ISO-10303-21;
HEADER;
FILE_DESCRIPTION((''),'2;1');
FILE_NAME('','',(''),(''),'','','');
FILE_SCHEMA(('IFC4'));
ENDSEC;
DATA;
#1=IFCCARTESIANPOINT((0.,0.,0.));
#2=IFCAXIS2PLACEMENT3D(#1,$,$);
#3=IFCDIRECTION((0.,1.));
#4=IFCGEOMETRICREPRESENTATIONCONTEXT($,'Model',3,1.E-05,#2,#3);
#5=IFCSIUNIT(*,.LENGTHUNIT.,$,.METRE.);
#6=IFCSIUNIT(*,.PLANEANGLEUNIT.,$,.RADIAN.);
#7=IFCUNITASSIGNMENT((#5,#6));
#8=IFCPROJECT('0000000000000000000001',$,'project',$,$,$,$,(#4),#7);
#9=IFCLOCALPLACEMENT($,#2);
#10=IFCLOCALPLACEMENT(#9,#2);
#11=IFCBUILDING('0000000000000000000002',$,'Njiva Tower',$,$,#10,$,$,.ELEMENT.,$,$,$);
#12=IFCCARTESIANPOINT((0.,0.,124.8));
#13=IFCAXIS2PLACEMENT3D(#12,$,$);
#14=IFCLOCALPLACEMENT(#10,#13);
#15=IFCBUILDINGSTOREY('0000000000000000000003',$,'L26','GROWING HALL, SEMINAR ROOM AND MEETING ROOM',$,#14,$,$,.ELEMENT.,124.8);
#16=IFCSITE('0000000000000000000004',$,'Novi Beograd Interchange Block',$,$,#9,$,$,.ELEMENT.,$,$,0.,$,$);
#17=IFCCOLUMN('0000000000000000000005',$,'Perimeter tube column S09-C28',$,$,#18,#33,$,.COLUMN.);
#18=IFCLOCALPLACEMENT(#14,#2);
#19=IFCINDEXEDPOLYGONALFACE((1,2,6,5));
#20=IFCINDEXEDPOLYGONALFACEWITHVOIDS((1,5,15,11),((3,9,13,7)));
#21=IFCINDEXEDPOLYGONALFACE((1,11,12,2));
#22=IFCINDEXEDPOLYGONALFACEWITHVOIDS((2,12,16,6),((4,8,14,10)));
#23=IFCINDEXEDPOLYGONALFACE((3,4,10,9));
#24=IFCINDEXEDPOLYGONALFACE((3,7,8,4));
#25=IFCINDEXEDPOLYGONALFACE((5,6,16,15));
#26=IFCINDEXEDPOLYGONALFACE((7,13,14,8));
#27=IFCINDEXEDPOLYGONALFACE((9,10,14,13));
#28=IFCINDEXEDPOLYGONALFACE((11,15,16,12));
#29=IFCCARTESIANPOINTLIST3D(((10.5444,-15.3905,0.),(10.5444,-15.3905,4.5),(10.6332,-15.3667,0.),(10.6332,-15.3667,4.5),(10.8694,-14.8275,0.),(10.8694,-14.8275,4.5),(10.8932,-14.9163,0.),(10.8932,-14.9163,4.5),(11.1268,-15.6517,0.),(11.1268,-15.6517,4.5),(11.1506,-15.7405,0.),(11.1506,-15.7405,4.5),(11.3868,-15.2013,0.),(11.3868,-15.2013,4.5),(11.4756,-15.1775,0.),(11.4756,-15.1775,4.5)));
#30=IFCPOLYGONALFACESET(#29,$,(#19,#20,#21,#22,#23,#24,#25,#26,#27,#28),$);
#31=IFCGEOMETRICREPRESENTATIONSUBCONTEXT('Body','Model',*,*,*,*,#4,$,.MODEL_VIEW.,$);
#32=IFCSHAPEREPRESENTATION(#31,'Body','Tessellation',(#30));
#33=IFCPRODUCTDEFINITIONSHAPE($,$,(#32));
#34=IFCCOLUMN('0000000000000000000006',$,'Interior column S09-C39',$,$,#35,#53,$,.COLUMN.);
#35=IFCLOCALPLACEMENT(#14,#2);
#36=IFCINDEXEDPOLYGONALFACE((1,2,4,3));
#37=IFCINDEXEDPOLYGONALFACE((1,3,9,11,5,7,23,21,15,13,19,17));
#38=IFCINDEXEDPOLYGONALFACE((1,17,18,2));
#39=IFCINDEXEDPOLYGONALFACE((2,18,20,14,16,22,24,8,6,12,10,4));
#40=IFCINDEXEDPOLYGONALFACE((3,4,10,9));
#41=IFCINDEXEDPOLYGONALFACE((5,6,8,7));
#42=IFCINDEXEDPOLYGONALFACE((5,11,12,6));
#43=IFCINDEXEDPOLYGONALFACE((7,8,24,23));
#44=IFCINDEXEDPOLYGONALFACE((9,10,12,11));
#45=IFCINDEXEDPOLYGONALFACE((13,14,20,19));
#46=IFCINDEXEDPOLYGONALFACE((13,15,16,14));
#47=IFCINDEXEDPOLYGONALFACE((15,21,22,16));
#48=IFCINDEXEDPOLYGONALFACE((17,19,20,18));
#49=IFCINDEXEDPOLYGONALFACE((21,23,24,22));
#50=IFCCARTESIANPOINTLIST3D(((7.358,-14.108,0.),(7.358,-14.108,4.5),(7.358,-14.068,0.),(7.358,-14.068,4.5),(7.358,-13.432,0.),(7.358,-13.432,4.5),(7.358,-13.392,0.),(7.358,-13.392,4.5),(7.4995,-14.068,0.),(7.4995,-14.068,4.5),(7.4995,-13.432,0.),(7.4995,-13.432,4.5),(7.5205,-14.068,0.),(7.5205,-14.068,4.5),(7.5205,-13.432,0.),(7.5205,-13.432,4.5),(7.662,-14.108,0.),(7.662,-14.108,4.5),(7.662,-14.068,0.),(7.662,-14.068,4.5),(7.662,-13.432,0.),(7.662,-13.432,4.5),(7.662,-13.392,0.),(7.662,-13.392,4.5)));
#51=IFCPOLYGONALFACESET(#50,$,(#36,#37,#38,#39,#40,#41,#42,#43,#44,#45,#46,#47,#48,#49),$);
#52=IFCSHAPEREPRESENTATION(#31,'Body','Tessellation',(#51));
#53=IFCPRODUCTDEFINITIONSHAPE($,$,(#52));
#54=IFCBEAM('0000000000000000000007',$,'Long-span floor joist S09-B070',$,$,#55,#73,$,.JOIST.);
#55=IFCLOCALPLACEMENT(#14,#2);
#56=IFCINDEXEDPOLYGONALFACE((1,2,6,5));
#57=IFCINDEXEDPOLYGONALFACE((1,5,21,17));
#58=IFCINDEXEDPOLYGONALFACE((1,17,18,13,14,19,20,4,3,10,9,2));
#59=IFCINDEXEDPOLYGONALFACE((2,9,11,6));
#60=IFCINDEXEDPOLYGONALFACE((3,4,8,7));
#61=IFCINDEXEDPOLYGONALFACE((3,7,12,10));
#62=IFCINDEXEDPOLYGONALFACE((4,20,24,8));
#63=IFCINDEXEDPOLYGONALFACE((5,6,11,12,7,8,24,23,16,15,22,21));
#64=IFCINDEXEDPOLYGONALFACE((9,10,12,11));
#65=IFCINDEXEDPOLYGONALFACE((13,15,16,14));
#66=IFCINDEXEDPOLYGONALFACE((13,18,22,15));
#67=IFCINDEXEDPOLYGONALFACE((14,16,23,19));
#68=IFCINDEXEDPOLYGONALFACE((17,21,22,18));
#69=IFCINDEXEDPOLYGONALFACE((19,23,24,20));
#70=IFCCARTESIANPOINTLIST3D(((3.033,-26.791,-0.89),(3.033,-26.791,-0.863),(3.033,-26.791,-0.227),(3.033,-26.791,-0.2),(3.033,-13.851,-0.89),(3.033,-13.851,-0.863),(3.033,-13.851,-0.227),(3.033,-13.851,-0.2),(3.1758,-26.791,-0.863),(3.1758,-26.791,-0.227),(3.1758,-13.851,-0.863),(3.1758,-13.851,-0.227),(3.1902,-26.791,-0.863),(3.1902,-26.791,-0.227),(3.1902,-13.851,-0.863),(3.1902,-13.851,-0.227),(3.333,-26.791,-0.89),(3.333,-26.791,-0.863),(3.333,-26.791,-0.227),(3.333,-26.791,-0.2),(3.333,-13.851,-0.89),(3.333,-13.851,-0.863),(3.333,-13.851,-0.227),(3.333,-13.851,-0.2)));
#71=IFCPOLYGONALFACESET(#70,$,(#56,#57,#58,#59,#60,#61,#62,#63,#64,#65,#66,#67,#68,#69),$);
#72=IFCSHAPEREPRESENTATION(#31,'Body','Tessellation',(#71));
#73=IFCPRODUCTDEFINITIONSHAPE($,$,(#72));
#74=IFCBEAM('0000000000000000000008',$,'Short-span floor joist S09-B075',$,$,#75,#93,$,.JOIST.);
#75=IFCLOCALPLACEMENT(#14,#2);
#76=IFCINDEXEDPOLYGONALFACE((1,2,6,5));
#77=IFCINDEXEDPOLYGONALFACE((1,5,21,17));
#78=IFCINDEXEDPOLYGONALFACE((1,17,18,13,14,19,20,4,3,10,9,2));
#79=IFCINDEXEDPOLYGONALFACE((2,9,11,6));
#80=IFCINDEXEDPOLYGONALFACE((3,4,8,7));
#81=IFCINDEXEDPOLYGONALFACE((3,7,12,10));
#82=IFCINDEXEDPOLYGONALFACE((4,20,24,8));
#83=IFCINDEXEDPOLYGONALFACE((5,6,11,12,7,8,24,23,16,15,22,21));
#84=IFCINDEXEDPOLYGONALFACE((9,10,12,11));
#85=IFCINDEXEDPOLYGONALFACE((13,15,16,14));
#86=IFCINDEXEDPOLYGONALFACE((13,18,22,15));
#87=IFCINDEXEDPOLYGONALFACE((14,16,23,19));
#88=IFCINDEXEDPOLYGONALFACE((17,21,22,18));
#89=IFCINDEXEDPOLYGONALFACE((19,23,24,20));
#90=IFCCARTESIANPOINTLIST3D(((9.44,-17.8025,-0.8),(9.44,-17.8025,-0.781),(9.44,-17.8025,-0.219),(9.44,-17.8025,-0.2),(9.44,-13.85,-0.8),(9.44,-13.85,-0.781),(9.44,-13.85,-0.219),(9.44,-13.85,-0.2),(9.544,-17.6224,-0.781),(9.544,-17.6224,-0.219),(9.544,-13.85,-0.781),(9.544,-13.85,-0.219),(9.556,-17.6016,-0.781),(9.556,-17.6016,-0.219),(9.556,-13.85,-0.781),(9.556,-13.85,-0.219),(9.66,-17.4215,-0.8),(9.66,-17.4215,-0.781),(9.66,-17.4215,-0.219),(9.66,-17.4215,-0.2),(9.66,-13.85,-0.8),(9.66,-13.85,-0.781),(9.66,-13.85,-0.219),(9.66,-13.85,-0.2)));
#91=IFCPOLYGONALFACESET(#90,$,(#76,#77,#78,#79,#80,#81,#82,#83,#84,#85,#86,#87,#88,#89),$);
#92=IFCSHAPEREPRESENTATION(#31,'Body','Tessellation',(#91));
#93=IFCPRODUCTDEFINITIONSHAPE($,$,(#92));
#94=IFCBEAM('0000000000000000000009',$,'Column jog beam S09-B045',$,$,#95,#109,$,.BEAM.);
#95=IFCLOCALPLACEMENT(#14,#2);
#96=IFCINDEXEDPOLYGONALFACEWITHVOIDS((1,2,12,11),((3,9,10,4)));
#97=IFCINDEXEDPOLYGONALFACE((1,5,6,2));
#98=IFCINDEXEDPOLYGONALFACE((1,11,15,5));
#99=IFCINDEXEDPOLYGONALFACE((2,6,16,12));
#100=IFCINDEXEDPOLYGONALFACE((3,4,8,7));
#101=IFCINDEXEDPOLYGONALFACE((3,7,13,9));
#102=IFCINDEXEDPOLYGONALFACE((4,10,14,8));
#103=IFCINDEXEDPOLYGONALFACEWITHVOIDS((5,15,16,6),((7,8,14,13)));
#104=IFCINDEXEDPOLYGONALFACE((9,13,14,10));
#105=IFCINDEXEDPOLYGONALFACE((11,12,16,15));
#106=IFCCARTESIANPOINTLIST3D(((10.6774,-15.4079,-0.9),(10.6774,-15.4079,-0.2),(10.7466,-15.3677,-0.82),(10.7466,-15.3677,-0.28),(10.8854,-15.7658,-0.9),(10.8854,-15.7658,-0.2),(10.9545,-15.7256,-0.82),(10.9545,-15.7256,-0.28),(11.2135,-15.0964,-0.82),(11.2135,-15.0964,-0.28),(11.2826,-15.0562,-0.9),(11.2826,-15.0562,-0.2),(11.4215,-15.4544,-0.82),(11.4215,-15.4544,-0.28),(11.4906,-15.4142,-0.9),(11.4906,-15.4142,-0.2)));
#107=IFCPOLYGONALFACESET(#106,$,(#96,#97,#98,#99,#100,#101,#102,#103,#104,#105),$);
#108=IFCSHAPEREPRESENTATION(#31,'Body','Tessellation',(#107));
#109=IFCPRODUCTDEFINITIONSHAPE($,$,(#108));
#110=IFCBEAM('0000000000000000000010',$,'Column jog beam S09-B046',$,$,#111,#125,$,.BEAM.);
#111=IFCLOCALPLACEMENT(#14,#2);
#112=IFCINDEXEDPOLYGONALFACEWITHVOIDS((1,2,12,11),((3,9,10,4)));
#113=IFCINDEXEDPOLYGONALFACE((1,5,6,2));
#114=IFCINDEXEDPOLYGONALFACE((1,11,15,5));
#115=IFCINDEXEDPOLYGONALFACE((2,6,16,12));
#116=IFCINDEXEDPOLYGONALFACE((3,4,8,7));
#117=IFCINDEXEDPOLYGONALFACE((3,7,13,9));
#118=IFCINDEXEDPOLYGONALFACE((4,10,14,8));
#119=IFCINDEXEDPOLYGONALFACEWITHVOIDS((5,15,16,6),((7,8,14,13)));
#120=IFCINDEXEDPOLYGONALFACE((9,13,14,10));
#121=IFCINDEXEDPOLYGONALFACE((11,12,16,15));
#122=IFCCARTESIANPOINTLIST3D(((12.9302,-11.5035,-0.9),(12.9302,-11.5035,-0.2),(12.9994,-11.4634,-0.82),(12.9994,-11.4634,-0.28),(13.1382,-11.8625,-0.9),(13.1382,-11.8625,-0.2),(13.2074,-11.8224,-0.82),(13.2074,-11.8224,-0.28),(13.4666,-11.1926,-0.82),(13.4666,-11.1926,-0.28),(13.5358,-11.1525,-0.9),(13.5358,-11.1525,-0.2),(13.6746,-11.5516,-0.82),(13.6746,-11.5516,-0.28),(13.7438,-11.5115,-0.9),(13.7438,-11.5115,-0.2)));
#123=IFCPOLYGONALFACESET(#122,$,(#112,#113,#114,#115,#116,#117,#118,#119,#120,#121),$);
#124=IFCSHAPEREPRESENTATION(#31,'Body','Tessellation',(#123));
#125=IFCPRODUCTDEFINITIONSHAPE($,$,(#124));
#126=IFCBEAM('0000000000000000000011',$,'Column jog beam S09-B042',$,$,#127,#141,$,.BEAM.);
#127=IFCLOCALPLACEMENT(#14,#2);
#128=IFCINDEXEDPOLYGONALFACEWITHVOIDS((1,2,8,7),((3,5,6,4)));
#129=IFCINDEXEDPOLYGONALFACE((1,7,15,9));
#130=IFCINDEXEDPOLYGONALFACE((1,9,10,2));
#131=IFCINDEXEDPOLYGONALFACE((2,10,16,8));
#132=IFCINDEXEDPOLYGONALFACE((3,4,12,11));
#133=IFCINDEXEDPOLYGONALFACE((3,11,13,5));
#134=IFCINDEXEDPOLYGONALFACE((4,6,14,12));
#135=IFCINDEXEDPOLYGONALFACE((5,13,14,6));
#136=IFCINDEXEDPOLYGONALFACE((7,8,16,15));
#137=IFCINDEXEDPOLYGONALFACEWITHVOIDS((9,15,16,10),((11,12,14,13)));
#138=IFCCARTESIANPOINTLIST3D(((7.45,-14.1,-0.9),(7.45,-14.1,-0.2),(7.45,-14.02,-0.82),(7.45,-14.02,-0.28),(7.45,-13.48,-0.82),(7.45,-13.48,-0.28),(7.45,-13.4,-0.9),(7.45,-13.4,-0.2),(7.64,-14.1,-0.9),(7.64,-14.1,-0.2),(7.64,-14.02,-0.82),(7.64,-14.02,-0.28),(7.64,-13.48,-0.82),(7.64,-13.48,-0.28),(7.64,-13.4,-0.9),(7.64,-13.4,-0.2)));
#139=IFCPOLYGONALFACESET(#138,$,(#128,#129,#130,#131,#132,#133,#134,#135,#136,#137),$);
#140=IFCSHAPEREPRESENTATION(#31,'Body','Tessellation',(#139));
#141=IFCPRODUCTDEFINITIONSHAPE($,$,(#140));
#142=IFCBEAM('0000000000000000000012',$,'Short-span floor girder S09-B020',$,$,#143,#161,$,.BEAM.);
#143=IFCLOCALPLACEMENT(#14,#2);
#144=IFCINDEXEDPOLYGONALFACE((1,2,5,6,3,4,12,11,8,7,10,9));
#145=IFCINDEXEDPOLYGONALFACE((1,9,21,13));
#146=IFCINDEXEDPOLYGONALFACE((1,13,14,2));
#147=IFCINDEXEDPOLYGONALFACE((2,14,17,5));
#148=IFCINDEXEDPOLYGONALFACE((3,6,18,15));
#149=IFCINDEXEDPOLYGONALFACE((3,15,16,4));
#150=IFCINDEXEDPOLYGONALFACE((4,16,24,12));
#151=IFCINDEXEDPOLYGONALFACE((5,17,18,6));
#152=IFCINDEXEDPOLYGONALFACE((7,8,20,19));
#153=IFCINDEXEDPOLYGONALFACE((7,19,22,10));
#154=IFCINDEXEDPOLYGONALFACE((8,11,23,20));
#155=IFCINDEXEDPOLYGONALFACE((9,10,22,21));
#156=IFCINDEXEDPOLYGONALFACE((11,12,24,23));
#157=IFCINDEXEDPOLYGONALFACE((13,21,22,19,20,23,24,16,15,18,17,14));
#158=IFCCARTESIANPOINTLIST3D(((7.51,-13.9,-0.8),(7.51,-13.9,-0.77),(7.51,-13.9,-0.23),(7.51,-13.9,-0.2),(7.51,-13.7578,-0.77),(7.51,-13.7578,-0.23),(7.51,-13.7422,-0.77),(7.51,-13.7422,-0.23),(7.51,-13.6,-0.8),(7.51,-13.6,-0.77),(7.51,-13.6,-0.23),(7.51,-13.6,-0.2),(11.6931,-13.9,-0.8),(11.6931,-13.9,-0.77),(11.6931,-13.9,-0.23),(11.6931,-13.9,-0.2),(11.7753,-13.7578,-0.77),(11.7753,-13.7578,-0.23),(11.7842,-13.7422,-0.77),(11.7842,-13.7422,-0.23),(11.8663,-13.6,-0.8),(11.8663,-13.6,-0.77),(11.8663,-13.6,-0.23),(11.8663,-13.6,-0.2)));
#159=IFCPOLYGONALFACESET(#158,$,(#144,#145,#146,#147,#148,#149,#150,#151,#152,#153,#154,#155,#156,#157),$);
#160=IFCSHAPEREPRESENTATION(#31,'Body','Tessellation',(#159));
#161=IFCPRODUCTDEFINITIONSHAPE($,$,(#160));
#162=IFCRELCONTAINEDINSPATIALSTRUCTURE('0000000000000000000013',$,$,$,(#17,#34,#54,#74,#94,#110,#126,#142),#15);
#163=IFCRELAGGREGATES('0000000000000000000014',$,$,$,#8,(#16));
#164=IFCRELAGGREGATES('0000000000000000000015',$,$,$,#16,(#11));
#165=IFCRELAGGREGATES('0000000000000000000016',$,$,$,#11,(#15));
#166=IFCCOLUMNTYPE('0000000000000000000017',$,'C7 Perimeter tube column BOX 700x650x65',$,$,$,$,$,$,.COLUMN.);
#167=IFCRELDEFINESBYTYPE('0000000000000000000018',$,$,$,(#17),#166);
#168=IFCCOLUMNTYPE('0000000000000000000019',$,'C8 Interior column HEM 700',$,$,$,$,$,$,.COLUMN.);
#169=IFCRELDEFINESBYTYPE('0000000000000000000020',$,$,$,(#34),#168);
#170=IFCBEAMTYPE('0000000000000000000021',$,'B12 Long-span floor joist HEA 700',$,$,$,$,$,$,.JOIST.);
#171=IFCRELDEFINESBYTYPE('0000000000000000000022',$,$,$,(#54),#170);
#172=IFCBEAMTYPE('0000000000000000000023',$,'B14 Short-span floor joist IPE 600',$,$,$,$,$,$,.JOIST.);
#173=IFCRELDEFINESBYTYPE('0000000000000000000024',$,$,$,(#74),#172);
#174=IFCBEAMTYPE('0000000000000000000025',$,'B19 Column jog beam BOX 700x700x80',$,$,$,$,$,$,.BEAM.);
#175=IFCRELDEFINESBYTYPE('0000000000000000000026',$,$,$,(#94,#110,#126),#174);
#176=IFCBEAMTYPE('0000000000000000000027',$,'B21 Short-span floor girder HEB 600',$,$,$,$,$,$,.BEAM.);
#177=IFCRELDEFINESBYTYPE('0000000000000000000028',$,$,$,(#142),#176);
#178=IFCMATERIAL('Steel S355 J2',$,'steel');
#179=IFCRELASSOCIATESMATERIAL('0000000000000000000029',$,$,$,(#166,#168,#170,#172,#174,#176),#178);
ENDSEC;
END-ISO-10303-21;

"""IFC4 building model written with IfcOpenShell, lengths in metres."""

from ifc_helpers import new_model, si_unit, direction, frame, origin, origin_2d, place, context, subcontext, project, spatial, hollow_rectangle, i_section, extrude, clip, halfspace, material, material_profile, profile_set, type_object, element, save


model = new_model("IFC4")

# Units and contexts
model_context = context("Model", 3, precision=1e-05, world=origin(), true_north=direction((0.0, 1.0)))
body_context = subcontext(model_context, "Body", "Model", "MODEL_VIEW")
ifc_project = project(units=[si_unit("LENGTHUNIT", "METRE"), si_unit("PLANEANGLEUNIT", "RADIAN")], contexts=[model_context])

# Site, building, storey
site_placement = place(None, origin())
site = spatial("IfcSite", under=ifc_project, at=site_placement, Name="Novi Beograd Interchange Block", CompositionType="ELEMENT", RefElevation=0.0)
building_placement = place(site_placement, origin())
building = spatial("IfcBuilding", under=site, at=building_placement, Name="Njiva Tower", CompositionType="ELEMENT")
storey_placement = place(building_placement, frame((0.0, 0.0, 124.8)))
storey = spatial("IfcBuildingStorey", under=building, at=storey_placement, Name="L26", Description="GROWING HALL, SEMINAR ROOM AND MEETING ROOM", CompositionType="ELEMENT", Elevation=124.8)

# Columns
ifc_material_1 = material(Name="Steel S355 J2", Category="steel")
ifc_material_profile_1 = material_profile(ifc_material_1, hollow_rectangle(XDim=0.65, YDim=0.7, WallThickness=0.065, at=origin_2d()), Name="BOX 700x650x65")
ifc_profile_set_1 = profile_set([ifc_material_profile_1], Name="Steel S355 J2")
column_type_1 = type_object("IfcColumnType", Name="C7 Perimeter tube column BOX 700x650x65", PredefinedType="COLUMN", material=ifc_profile_set_1)
column_1_placement = place(storey_placement, frame((11.01, -15.284, 0.0), z_axis=(0.0, 0.0, 1.0), x_axis=(0.5, 0.866025, 0.0)))
element("IfcColumn", 1, at=column_1_placement, inside=storey, type_object=column_type_1, Name="Perimeter tube column S09-C28", PredefinedType="COLUMN", context=body_context, shape_type="SweptSolid", body=[
    extrude(hollow_rectangle(XDim=0.65, YDim=0.7, WallThickness=0.065, at=origin_2d()), origin(), (0.0, 0.0, 1.0), 4.5),
])
ifc_material_profile_2 = material_profile(ifc_material_1, i_section(OverallWidth=0.304, OverallDepth=0.716, WebThickness=0.021, FlangeThickness=0.04, at=origin_2d()), Name="HEM 700")
ifc_profile_set_2 = profile_set([ifc_material_profile_2], Name="Steel S355 J2")
column_type_2 = type_object("IfcColumnType", Name="C8 Interior column HEM 700", PredefinedType="COLUMN", material=ifc_profile_set_2)
column_2_placement = place(storey_placement, frame((7.51, -13.75, 0.0), z_axis=(0.0, 0.0, 1.0), x_axis=(1.0, 0.0, 0.0)))
element("IfcColumn", 2, at=column_2_placement, inside=storey, type_object=column_type_2, Name="Interior column S09-C39", PredefinedType="COLUMN", context=body_context, shape_type="SweptSolid", body=[
    extrude(i_section(OverallWidth=0.304, OverallDepth=0.716, WebThickness=0.021, FlangeThickness=0.04, at=origin_2d()), origin(), (0.0, 0.0, 1.0), 4.5),
])

# Beams
ifc_material_profile_3 = material_profile(ifc_material_1, i_section(OverallWidth=0.3, OverallDepth=0.69, WebThickness=0.0145, FlangeThickness=0.027, at=origin_2d()), Name="HEA 700")
ifc_profile_set_3 = profile_set([ifc_material_profile_3], Name="Steel S355 J2")
beam_type_1 = type_object("IfcBeamType", Name="B12 Long-span floor joist HEA 700", PredefinedType="JOIST", material=ifc_profile_set_3)
beam_1_placement = place(storey_placement, frame((3.183, -13.851, -0.545), z_axis=(0.0, -1.0, 0.0), x_axis=(1.0, 0.0, 0.0)))
element("IfcBeam", 3, at=beam_1_placement, inside=storey, type_object=beam_type_1, Name="Long-span floor joist S09-B070", PredefinedType="JOIST", context=body_context, shape_type="SweptSolid", body=[
    extrude(i_section(OverallWidth=0.3, OverallDepth=0.69, WebThickness=0.0145, FlangeThickness=0.027, at=origin_2d()), origin(), (0.0, 0.0, 1.0), 12.94),
])
ifc_material_profile_4 = material_profile(ifc_material_1, i_section(OverallWidth=0.22, OverallDepth=0.6, WebThickness=0.012, FlangeThickness=0.019, at=origin_2d()), Name="IPE 600")
ifc_profile_set_4 = profile_set([ifc_material_profile_4], Name="Steel S355 J2")
beam_type_2 = type_object("IfcBeamType", Name="B14 Short-span floor joist IPE 600", PredefinedType="JOIST", material=ifc_profile_set_4)
beam_2_placement = place(storey_placement, frame((9.55, -13.85, -0.5), z_axis=(0.0, -1.0, 0.0), x_axis=(1.0, 0.0, 0.0)))
element("IfcBeam", 4, at=beam_2_placement, inside=storey, type_object=beam_type_2, Name="Short-span floor joist S09-B075", PredefinedType="JOIST", context=body_context, shape_type="Clipping", body=[
    clip(extrude(i_section(OverallWidth=0.22, OverallDepth=0.6, WebThickness=0.012, FlangeThickness=0.019, at=origin_2d()), origin(), (0.0, 0.0, 1.0), 3.973), halfspace(frame((0.0433, 0.0, 3.687), z_axis=(0.866027, 0.0, 0.499998), x_axis=(0.0, 1.0, 0.0)), False)),
])
ifc_material_profile_5 = material_profile(ifc_material_1, hollow_rectangle(XDim=0.7, YDim=0.7, WallThickness=0.08, at=origin_2d()), Name="BOX 700x700x80")
ifc_profile_set_5 = profile_set([ifc_material_profile_5], Name="Steel S355 J2")
beam_type_3 = type_object("IfcBeamType", Name="B19 Column jog beam BOX 700x700x80", PredefinedType="BEAM", material=ifc_profile_set_5)
beam_3_placement = place(storey_placement, frame((11.188, -15.59, -0.55), z_axis=(-0.502369, 0.864654, 0.0), x_axis=(-0.864654, -0.502369, 0.0)))
element("IfcBeam", 5, at=beam_3_placement, inside=storey, type_object=beam_type_3, Name="Column jog beam S09-B045", PredefinedType="BEAM", context=body_context, shape_type="SweptSolid", body=[
    extrude(hollow_rectangle(XDim=0.7, YDim=0.7, WallThickness=0.08, at=origin_2d()), origin(), (0.0, 0.0, 1.0), 0.414),
])
beam_4_placement = place(storey_placement, frame((13.441, -11.687, -0.55), z_axis=(-0.501321, 0.865261, 0.0), x_axis=(-0.865261, -0.501321, 0.0)))
element("IfcBeam", 6, at=beam_4_placement, inside=storey, type_object=beam_type_3, Name="Column jog beam S09-B046", PredefinedType="BEAM", context=body_context, shape_type="SweptSolid", body=[
    extrude(hollow_rectangle(XDim=0.7, YDim=0.7, WallThickness=0.08, at=origin_2d()), origin(), (0.0, 0.0, 1.0), 0.4149),
])
beam_5_placement = place(storey_placement, frame((7.64, -13.75, -0.55), z_axis=(-1.0, 0.0, 0.0), x_axis=(0.0, -1.0, 0.0)))
element("IfcBeam", 7, at=beam_5_placement, inside=storey, type_object=beam_type_3, Name="Column jog beam S09-B042", PredefinedType="BEAM", context=body_context, shape_type="SweptSolid", body=[
    extrude(hollow_rectangle(XDim=0.7, YDim=0.7, WallThickness=0.08, at=origin_2d()), origin(), (0.0, 0.0, 1.0), 0.19),
])
ifc_material_profile_6 = material_profile(ifc_material_1, i_section(OverallWidth=0.3, OverallDepth=0.6, WebThickness=0.0155, FlangeThickness=0.03, at=origin_2d()), Name="HEB 600")
ifc_profile_set_6 = profile_set([ifc_material_profile_6], Name="Steel S355 J2")
beam_type_4 = type_object("IfcBeamType", Name="B21 Short-span floor girder HEB 600", PredefinedType="BEAM", material=ifc_profile_set_6)
beam_6_placement = place(storey_placement, frame((7.51, -13.75, -0.5), z_axis=(1.0, 0.0, 0.0), x_axis=(0.0, 1.0, 0.0)))
element("IfcBeam", 8, at=beam_6_placement, inside=storey, type_object=beam_type_4, Name="Short-span floor girder S09-B020", PredefinedType="BEAM", context=body_context, shape_type="Clipping", body=[
    clip(extrude(i_section(OverallWidth=0.3, OverallDepth=0.6, WebThickness=0.0155, FlangeThickness=0.03, at=origin_2d()), origin(), (0.0, 0.0, 1.0), 4.377), halfspace(frame((-0.025, 0.0, 4.2553), z_axis=(-0.499998, 0.0, 0.866027), x_axis=(0.0, 1.0, 0.0)), False)),
])

save(model, "model.ifc")
